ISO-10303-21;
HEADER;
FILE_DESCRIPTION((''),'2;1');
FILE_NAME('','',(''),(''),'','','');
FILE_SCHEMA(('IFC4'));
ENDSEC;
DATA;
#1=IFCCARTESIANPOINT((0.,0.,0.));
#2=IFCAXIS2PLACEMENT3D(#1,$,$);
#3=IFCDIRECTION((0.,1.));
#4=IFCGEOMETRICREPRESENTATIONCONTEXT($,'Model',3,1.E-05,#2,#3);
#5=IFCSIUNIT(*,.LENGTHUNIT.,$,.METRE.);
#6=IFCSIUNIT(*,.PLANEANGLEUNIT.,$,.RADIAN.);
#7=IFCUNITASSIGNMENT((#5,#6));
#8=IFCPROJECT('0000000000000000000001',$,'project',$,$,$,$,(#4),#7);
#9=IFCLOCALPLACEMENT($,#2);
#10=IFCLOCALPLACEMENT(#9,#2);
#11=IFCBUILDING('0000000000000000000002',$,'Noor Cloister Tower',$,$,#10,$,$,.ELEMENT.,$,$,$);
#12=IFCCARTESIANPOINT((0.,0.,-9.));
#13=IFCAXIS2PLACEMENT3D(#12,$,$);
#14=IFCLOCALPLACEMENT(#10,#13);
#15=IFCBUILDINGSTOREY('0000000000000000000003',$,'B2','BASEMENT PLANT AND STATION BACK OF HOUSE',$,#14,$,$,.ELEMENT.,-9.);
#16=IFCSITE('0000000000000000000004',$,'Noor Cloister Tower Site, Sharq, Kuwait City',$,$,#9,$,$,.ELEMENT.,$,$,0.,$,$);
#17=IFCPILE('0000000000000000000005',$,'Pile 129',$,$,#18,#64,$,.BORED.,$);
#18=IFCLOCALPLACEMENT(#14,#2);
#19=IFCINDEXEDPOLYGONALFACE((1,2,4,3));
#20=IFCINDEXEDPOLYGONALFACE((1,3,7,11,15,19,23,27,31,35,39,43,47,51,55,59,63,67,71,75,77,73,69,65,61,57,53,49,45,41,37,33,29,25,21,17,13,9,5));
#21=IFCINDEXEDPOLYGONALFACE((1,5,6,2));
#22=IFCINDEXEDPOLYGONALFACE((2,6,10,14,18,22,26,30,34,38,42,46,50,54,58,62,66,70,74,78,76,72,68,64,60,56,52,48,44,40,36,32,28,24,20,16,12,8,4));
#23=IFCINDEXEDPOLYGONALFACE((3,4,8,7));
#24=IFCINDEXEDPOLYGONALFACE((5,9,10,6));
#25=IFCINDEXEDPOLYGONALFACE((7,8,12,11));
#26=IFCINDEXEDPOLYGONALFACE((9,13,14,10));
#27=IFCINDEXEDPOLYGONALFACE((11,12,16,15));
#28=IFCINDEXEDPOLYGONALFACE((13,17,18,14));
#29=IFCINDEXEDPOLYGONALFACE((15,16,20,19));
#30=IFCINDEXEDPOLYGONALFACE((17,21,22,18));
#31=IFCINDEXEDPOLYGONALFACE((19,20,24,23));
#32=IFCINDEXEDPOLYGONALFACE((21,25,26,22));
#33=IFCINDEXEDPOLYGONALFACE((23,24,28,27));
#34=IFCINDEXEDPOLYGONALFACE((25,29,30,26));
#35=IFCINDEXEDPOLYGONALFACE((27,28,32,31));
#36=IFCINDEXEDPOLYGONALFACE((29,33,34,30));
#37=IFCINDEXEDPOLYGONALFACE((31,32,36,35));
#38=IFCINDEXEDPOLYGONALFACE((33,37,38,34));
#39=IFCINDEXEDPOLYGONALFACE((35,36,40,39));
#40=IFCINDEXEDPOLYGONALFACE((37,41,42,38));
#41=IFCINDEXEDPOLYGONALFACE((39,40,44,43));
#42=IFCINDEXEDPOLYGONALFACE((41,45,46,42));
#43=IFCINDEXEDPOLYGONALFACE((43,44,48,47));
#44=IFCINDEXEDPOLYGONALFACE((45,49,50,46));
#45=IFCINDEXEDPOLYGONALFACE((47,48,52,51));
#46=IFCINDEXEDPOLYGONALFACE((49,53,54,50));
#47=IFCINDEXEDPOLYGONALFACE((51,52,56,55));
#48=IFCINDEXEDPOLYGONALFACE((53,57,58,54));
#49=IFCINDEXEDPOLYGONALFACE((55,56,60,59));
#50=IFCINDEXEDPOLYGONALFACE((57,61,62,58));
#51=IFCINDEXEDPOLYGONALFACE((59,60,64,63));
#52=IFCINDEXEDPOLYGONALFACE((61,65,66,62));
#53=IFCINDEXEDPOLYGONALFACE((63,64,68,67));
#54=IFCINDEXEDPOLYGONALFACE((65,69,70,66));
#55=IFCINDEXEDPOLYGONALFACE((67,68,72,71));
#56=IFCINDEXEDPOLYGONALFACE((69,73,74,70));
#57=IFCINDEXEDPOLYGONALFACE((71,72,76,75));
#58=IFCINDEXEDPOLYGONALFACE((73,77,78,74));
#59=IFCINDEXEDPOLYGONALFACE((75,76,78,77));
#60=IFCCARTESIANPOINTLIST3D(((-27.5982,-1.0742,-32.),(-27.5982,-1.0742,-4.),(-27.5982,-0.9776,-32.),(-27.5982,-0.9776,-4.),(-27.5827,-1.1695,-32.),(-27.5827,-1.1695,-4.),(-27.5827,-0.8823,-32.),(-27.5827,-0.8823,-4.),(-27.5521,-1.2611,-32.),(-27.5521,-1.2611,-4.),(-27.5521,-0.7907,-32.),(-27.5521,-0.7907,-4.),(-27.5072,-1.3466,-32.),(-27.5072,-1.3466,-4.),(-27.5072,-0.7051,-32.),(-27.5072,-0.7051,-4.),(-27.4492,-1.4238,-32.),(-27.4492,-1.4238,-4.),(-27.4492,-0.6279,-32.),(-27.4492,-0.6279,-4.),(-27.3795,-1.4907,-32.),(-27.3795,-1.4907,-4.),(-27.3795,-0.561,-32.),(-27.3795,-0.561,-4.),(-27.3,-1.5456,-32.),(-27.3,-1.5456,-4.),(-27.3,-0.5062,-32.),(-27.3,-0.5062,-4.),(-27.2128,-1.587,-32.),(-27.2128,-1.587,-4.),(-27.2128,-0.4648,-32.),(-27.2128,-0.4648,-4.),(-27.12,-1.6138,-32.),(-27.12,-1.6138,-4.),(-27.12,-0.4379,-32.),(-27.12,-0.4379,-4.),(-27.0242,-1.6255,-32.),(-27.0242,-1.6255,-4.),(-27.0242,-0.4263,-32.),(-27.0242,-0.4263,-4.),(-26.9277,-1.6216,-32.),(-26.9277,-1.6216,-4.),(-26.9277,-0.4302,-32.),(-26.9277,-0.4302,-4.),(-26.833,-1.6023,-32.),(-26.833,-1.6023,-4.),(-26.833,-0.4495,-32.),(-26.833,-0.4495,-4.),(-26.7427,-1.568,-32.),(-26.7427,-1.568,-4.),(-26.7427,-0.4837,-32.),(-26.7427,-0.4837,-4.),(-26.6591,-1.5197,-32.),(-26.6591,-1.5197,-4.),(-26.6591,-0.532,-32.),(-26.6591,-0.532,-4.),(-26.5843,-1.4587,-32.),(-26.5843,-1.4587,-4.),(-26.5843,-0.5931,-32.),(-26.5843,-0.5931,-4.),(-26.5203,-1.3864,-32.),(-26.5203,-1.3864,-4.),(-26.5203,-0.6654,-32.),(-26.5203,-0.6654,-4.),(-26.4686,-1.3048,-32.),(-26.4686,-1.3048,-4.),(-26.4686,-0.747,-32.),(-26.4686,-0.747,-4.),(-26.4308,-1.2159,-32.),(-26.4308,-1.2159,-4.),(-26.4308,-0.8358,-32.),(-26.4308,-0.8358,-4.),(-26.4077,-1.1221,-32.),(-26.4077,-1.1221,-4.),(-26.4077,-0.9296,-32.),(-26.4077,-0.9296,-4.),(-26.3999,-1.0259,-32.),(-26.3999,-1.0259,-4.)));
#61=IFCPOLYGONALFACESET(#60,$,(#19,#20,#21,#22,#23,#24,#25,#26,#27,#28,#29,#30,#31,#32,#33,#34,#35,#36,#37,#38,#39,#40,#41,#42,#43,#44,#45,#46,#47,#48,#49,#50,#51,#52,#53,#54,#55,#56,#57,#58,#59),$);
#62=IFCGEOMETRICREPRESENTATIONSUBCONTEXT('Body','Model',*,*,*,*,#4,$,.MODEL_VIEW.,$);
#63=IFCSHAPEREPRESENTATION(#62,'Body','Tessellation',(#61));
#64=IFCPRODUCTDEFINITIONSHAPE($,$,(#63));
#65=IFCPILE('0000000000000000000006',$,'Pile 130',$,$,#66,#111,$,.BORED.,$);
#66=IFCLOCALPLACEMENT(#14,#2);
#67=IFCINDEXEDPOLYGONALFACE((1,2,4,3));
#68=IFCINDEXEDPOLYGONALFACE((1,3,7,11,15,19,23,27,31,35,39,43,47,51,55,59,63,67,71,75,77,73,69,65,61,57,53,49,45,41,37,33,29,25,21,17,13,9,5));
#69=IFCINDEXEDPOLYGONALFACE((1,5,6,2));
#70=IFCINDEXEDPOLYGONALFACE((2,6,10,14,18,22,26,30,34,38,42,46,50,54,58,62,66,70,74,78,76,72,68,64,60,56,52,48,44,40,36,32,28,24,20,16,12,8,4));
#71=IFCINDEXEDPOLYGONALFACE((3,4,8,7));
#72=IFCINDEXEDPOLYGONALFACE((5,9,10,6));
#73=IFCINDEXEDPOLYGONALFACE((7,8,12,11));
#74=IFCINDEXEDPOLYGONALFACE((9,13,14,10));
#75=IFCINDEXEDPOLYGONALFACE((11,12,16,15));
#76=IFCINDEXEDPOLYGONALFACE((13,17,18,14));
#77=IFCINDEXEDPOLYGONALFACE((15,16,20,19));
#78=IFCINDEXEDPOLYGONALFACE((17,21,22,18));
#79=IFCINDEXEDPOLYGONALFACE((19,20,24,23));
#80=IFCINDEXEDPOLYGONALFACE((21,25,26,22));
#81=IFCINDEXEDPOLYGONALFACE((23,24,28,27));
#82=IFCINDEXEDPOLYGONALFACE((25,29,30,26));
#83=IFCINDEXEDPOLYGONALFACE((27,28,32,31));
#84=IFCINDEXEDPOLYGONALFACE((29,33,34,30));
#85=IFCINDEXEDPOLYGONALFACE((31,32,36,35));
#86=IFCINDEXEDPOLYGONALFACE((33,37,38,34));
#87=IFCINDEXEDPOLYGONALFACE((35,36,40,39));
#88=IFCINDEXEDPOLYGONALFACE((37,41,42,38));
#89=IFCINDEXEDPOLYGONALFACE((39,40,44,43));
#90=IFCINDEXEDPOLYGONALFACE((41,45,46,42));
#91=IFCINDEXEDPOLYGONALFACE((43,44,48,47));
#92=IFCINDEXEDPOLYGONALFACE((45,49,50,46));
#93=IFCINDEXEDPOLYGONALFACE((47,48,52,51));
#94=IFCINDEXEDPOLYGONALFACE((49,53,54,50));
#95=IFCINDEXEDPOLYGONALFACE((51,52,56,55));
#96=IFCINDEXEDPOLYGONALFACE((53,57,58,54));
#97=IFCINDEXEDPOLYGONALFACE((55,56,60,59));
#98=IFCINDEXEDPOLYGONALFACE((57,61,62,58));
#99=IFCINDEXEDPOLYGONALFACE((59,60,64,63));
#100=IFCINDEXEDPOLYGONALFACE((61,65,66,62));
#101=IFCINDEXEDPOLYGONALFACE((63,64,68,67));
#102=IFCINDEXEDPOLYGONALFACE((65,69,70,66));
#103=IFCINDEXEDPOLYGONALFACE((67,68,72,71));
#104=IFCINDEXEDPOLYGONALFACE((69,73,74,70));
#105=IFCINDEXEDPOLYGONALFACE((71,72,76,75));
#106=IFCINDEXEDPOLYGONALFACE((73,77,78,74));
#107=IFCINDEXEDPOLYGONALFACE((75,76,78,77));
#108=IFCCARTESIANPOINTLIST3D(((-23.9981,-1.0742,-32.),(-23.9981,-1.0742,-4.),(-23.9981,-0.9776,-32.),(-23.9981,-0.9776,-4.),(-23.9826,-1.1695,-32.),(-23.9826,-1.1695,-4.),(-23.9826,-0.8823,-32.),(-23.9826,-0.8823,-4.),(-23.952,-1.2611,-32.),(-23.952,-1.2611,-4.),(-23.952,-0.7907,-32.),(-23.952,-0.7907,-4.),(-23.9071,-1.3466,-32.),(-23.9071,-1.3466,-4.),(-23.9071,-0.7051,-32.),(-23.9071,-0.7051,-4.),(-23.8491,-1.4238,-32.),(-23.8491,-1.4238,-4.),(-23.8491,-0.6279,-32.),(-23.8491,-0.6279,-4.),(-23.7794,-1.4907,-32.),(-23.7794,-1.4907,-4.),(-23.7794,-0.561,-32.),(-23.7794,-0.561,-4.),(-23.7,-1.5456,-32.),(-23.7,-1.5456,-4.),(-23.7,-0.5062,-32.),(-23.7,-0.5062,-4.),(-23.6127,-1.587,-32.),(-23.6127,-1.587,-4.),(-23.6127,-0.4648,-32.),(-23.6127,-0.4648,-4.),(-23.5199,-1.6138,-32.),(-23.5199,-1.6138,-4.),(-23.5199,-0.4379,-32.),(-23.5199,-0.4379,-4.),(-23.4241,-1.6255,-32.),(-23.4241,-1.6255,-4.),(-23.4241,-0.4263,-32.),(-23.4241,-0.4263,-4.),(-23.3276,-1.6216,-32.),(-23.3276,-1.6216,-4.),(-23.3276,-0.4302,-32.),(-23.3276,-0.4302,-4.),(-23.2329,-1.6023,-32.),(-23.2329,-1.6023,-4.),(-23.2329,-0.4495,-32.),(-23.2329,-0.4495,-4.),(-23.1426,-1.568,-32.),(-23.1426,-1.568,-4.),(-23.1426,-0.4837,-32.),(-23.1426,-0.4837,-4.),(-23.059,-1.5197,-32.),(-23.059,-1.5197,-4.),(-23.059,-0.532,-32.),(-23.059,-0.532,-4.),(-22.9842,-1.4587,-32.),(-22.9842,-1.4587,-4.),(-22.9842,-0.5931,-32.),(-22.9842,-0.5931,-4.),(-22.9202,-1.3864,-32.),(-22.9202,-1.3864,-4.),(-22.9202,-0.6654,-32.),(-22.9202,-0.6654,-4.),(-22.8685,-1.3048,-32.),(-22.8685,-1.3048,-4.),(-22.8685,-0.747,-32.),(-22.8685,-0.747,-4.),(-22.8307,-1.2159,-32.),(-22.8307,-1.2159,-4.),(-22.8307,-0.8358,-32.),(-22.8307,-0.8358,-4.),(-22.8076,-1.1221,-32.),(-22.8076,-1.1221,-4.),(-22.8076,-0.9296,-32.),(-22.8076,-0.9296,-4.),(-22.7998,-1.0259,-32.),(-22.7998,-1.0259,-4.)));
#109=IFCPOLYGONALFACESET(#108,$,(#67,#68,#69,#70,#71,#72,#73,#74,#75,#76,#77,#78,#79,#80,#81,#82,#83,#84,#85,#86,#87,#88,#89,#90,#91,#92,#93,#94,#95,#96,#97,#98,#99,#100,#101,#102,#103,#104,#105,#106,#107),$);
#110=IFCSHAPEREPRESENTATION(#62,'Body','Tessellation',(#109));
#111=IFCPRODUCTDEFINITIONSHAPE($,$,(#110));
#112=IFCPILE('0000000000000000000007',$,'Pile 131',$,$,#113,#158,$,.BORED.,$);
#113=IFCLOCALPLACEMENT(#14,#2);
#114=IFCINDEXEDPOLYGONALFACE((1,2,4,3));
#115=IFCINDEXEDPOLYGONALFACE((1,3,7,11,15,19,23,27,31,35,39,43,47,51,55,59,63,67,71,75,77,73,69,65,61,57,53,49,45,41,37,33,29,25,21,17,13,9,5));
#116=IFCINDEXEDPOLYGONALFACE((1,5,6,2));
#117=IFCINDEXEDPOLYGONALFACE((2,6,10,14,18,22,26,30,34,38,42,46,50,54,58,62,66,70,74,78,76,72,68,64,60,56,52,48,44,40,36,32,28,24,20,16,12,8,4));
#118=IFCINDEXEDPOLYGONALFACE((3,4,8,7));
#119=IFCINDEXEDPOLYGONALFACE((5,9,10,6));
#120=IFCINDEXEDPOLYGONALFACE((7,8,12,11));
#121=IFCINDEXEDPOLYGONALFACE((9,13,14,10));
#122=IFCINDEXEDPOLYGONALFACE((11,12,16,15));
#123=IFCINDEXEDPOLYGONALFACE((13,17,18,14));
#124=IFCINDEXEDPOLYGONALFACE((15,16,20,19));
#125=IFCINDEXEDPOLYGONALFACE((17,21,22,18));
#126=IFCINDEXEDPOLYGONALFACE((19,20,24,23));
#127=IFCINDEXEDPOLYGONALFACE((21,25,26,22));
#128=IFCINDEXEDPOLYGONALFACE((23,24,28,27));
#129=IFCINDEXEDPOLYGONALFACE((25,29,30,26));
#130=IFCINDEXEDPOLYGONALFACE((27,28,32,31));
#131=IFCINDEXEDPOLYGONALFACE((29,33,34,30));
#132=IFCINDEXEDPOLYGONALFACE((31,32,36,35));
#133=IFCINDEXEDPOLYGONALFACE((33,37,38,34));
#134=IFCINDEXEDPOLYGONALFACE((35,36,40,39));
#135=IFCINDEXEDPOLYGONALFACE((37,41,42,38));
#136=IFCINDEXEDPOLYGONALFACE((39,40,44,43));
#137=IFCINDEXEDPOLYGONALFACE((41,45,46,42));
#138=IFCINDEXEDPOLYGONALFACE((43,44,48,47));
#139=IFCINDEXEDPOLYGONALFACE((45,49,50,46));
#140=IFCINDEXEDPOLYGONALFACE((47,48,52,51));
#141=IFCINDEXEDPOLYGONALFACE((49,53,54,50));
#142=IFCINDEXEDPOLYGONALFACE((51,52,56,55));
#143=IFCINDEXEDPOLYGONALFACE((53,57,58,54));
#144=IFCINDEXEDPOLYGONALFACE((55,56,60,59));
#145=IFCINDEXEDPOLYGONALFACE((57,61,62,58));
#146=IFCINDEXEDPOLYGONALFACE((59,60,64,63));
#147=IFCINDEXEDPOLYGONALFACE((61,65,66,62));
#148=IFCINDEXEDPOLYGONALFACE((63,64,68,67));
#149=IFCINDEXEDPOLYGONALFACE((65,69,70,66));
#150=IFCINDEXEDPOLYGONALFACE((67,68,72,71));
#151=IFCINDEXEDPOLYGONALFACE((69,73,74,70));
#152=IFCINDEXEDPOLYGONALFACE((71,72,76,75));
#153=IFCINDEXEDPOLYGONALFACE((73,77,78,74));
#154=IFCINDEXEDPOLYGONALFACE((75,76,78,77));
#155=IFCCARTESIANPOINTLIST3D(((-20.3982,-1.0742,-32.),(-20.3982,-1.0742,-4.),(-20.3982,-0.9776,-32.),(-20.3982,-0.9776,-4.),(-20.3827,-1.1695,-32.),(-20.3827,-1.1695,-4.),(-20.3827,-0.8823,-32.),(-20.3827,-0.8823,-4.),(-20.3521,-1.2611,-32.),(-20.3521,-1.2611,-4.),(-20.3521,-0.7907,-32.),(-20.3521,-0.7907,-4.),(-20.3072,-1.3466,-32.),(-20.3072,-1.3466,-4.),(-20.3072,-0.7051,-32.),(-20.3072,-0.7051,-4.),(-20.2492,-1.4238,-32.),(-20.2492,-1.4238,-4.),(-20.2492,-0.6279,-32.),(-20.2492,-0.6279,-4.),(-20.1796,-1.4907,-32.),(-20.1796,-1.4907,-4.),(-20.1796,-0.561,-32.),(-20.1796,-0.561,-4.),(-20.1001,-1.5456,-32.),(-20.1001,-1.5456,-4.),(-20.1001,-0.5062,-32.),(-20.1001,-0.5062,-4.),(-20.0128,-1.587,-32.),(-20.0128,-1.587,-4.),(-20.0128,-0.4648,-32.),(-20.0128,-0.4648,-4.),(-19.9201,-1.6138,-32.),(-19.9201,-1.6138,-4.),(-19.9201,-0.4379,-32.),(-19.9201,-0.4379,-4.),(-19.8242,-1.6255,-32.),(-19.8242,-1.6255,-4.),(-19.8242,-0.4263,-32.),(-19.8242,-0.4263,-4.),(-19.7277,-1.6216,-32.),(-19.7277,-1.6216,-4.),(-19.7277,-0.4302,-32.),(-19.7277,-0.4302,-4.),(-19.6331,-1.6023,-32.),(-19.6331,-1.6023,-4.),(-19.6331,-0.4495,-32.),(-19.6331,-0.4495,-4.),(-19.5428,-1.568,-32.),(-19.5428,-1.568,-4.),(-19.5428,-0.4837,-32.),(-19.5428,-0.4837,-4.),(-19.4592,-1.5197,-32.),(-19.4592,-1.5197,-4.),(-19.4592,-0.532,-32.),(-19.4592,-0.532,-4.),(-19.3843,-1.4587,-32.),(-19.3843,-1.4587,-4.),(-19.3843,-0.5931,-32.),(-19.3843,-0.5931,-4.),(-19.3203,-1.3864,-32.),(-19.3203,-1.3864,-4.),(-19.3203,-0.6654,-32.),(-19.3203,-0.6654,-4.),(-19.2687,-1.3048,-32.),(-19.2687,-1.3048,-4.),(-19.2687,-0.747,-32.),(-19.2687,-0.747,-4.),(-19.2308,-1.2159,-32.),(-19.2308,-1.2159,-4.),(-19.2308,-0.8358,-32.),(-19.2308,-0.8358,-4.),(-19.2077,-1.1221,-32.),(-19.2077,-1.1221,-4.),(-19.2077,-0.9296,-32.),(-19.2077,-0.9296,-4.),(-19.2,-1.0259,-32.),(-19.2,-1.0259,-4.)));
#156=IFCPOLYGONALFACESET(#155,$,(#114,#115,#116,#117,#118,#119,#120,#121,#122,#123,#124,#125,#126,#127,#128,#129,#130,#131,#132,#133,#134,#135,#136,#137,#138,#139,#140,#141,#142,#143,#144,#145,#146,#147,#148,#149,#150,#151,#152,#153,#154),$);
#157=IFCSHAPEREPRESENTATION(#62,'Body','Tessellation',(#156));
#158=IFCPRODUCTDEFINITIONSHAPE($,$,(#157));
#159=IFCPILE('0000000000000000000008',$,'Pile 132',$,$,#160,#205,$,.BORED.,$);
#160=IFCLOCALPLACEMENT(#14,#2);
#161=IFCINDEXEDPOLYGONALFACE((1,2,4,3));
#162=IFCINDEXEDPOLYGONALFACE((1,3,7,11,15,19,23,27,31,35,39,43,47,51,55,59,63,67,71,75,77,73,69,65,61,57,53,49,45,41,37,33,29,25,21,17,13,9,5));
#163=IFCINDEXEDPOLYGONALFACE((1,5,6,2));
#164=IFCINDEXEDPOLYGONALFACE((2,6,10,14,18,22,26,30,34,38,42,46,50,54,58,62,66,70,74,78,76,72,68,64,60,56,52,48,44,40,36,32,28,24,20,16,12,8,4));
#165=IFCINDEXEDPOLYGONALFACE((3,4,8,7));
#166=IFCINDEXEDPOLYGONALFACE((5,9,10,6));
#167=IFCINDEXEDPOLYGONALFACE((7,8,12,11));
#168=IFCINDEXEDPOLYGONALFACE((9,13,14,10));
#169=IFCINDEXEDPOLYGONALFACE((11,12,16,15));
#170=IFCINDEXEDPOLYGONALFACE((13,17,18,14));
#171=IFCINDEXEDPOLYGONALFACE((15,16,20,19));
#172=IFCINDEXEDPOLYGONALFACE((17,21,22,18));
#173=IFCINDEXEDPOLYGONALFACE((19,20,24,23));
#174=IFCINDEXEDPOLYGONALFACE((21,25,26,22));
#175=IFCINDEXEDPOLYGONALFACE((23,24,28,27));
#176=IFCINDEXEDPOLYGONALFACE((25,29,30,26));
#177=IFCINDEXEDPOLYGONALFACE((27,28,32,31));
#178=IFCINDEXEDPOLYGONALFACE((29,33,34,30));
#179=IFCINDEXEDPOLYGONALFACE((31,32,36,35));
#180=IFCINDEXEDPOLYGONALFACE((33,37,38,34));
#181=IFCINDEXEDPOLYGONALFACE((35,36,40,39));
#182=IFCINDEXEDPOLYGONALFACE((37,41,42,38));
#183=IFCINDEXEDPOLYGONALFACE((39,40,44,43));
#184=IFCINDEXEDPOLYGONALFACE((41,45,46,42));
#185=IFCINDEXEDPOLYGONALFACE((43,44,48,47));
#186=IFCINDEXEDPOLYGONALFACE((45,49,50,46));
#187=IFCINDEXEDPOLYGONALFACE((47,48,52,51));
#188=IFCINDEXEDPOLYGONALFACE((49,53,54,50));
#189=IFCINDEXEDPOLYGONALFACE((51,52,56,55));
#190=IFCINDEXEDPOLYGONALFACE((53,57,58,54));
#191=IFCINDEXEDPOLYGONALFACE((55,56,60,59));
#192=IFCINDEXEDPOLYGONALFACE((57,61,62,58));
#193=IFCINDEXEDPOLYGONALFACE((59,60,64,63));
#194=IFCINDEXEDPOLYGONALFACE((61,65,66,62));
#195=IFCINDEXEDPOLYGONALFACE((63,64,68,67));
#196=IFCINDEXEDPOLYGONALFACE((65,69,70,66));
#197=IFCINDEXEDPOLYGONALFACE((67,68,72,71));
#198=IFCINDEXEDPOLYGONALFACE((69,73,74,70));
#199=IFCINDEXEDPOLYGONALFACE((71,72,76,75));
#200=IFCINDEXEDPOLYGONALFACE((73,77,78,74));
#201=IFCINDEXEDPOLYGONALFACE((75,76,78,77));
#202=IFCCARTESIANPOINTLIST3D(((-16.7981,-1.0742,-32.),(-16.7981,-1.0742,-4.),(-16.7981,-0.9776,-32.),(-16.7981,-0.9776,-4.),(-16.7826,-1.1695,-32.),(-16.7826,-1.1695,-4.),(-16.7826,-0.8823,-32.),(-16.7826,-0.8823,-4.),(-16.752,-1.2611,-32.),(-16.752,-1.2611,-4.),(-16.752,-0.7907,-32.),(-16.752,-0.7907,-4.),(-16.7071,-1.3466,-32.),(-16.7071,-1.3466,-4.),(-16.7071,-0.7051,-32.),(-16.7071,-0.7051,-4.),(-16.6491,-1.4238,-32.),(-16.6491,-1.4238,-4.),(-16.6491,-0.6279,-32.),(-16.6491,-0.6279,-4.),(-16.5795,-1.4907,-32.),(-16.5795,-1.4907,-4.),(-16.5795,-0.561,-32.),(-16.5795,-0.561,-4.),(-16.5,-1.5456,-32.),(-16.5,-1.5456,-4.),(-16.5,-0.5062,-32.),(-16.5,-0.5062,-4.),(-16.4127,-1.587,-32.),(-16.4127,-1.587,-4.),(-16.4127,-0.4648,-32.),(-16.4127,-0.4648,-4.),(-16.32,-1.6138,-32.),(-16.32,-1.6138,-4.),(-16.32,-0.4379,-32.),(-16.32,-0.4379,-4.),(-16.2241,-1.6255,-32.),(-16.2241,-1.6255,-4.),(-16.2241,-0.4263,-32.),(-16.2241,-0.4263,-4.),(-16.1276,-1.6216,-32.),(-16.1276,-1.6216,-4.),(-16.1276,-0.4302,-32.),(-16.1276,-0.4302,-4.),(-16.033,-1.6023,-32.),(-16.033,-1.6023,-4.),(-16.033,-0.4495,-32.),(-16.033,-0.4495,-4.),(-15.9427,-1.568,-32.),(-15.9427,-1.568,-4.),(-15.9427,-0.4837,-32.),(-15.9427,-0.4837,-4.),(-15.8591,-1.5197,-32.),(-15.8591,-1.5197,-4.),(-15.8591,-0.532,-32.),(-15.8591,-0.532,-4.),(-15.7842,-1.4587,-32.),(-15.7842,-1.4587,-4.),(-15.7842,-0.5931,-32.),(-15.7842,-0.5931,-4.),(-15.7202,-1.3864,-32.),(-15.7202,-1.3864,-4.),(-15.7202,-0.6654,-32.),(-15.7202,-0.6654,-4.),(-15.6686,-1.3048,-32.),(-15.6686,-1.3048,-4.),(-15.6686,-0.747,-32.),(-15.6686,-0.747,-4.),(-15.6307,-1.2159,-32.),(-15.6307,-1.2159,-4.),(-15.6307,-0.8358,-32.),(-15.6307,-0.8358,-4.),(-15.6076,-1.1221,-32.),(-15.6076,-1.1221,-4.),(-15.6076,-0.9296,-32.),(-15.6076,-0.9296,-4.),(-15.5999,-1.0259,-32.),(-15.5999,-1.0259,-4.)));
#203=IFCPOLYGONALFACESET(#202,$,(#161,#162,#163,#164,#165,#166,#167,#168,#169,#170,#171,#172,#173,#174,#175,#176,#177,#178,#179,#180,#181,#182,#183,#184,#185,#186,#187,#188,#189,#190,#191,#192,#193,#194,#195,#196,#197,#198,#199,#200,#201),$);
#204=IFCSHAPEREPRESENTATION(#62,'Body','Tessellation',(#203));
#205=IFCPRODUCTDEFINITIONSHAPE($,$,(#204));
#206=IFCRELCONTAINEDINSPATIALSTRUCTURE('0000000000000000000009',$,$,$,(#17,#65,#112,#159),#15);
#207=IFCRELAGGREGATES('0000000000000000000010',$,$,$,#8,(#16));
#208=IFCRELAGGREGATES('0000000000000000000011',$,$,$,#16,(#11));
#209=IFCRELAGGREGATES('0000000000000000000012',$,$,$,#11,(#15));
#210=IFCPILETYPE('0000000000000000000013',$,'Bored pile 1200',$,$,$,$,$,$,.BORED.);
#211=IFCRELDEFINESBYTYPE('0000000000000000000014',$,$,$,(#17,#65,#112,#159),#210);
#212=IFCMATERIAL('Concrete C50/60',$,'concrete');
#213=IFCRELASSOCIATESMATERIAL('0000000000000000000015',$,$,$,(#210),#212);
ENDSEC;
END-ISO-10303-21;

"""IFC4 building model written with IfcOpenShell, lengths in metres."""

from ifc_helpers import new_model, si_unit, direction, frame, origin, origin_2d, place, context, subcontext, project, spatial, circle, extrude, material, material_profile, profile_set, type_object, element, save


model = new_model("IFC4")

# Units and contexts
model_context = context("Model", 3, precision=1e-05, world=origin(), true_north=direction((0.0, 1.0)))
body_context = subcontext(model_context, "Body", "Model", "MODEL_VIEW")
ifc_project = project(units=[si_unit("LENGTHUNIT", "METRE"), si_unit("PLANEANGLEUNIT", "RADIAN")], contexts=[model_context])

# Site, building, storey
site_placement = place(None, origin())
site = spatial("IfcSite", under=ifc_project, at=site_placement, Name="Noor Cloister Tower Site, Sharq, Kuwait City", CompositionType="ELEMENT", RefElevation=0.0)
building_placement = place(site_placement, origin())
building = spatial("IfcBuilding", under=site, at=building_placement, Name="Noor Cloister Tower", CompositionType="ELEMENT")
storey_placement = place(building_placement, frame((0.0, 0.0, -9.0)))
storey = spatial("IfcBuildingStorey", under=building, at=storey_placement, Name="B2", Description="BASEMENT PLANT AND STATION BACK OF HOUSE", CompositionType="ELEMENT", Elevation=-9.0)

# Piles
ifc_material_1 = material(Name="Concrete C50/60", Category="concrete")
ifc_material_profile_1 = material_profile(ifc_material_1, circle(Radius=0.6001, at=origin_2d()), Name="Bored pile 1200")
ifc_profile_set_1 = profile_set([ifc_material_profile_1], Name="Concrete C50/60")
pile_type = type_object("IfcPileType", Name="Bored pile 1200", PredefinedType="BORED", material=ifc_profile_set_1)
for number, where, z_axis, x_axis, name in (
    (1, (-27.0, -1.0259, -4.0), (0.0, 0.0, -1.0), (1.0, 0.0, 0.0), "Pile 129"),
    (2, (-23.3999, -1.0259, -4.0), (0.0, 0.0, -1.0), (1.0, 0.0, 0.0), "Pile 130"),
    (3, (-19.8, -1.0259, -4.0), (0.0, 0.0, -1.0), (1.0, 0.0, 0.0), "Pile 131"),
    (4, (-16.2, -1.0259, -4.0), (0.0, 0.0, -1.0), (1.0, 0.0, 0.0), "Pile 132"),
):
    element("IfcPile", number, at=place(storey_placement, frame(where, z_axis=z_axis, x_axis=x_axis)), inside=storey, type_object=pile_type, Name=name, PredefinedType="BORED", context=body_context, shape_type="SweptSolid", body=[
        extrude(circle(Radius=0.6001, at=origin_2d()), origin(), (0.0, 0.0, 1.0), 28.0),
    ])

save(model, "model.ifc")
